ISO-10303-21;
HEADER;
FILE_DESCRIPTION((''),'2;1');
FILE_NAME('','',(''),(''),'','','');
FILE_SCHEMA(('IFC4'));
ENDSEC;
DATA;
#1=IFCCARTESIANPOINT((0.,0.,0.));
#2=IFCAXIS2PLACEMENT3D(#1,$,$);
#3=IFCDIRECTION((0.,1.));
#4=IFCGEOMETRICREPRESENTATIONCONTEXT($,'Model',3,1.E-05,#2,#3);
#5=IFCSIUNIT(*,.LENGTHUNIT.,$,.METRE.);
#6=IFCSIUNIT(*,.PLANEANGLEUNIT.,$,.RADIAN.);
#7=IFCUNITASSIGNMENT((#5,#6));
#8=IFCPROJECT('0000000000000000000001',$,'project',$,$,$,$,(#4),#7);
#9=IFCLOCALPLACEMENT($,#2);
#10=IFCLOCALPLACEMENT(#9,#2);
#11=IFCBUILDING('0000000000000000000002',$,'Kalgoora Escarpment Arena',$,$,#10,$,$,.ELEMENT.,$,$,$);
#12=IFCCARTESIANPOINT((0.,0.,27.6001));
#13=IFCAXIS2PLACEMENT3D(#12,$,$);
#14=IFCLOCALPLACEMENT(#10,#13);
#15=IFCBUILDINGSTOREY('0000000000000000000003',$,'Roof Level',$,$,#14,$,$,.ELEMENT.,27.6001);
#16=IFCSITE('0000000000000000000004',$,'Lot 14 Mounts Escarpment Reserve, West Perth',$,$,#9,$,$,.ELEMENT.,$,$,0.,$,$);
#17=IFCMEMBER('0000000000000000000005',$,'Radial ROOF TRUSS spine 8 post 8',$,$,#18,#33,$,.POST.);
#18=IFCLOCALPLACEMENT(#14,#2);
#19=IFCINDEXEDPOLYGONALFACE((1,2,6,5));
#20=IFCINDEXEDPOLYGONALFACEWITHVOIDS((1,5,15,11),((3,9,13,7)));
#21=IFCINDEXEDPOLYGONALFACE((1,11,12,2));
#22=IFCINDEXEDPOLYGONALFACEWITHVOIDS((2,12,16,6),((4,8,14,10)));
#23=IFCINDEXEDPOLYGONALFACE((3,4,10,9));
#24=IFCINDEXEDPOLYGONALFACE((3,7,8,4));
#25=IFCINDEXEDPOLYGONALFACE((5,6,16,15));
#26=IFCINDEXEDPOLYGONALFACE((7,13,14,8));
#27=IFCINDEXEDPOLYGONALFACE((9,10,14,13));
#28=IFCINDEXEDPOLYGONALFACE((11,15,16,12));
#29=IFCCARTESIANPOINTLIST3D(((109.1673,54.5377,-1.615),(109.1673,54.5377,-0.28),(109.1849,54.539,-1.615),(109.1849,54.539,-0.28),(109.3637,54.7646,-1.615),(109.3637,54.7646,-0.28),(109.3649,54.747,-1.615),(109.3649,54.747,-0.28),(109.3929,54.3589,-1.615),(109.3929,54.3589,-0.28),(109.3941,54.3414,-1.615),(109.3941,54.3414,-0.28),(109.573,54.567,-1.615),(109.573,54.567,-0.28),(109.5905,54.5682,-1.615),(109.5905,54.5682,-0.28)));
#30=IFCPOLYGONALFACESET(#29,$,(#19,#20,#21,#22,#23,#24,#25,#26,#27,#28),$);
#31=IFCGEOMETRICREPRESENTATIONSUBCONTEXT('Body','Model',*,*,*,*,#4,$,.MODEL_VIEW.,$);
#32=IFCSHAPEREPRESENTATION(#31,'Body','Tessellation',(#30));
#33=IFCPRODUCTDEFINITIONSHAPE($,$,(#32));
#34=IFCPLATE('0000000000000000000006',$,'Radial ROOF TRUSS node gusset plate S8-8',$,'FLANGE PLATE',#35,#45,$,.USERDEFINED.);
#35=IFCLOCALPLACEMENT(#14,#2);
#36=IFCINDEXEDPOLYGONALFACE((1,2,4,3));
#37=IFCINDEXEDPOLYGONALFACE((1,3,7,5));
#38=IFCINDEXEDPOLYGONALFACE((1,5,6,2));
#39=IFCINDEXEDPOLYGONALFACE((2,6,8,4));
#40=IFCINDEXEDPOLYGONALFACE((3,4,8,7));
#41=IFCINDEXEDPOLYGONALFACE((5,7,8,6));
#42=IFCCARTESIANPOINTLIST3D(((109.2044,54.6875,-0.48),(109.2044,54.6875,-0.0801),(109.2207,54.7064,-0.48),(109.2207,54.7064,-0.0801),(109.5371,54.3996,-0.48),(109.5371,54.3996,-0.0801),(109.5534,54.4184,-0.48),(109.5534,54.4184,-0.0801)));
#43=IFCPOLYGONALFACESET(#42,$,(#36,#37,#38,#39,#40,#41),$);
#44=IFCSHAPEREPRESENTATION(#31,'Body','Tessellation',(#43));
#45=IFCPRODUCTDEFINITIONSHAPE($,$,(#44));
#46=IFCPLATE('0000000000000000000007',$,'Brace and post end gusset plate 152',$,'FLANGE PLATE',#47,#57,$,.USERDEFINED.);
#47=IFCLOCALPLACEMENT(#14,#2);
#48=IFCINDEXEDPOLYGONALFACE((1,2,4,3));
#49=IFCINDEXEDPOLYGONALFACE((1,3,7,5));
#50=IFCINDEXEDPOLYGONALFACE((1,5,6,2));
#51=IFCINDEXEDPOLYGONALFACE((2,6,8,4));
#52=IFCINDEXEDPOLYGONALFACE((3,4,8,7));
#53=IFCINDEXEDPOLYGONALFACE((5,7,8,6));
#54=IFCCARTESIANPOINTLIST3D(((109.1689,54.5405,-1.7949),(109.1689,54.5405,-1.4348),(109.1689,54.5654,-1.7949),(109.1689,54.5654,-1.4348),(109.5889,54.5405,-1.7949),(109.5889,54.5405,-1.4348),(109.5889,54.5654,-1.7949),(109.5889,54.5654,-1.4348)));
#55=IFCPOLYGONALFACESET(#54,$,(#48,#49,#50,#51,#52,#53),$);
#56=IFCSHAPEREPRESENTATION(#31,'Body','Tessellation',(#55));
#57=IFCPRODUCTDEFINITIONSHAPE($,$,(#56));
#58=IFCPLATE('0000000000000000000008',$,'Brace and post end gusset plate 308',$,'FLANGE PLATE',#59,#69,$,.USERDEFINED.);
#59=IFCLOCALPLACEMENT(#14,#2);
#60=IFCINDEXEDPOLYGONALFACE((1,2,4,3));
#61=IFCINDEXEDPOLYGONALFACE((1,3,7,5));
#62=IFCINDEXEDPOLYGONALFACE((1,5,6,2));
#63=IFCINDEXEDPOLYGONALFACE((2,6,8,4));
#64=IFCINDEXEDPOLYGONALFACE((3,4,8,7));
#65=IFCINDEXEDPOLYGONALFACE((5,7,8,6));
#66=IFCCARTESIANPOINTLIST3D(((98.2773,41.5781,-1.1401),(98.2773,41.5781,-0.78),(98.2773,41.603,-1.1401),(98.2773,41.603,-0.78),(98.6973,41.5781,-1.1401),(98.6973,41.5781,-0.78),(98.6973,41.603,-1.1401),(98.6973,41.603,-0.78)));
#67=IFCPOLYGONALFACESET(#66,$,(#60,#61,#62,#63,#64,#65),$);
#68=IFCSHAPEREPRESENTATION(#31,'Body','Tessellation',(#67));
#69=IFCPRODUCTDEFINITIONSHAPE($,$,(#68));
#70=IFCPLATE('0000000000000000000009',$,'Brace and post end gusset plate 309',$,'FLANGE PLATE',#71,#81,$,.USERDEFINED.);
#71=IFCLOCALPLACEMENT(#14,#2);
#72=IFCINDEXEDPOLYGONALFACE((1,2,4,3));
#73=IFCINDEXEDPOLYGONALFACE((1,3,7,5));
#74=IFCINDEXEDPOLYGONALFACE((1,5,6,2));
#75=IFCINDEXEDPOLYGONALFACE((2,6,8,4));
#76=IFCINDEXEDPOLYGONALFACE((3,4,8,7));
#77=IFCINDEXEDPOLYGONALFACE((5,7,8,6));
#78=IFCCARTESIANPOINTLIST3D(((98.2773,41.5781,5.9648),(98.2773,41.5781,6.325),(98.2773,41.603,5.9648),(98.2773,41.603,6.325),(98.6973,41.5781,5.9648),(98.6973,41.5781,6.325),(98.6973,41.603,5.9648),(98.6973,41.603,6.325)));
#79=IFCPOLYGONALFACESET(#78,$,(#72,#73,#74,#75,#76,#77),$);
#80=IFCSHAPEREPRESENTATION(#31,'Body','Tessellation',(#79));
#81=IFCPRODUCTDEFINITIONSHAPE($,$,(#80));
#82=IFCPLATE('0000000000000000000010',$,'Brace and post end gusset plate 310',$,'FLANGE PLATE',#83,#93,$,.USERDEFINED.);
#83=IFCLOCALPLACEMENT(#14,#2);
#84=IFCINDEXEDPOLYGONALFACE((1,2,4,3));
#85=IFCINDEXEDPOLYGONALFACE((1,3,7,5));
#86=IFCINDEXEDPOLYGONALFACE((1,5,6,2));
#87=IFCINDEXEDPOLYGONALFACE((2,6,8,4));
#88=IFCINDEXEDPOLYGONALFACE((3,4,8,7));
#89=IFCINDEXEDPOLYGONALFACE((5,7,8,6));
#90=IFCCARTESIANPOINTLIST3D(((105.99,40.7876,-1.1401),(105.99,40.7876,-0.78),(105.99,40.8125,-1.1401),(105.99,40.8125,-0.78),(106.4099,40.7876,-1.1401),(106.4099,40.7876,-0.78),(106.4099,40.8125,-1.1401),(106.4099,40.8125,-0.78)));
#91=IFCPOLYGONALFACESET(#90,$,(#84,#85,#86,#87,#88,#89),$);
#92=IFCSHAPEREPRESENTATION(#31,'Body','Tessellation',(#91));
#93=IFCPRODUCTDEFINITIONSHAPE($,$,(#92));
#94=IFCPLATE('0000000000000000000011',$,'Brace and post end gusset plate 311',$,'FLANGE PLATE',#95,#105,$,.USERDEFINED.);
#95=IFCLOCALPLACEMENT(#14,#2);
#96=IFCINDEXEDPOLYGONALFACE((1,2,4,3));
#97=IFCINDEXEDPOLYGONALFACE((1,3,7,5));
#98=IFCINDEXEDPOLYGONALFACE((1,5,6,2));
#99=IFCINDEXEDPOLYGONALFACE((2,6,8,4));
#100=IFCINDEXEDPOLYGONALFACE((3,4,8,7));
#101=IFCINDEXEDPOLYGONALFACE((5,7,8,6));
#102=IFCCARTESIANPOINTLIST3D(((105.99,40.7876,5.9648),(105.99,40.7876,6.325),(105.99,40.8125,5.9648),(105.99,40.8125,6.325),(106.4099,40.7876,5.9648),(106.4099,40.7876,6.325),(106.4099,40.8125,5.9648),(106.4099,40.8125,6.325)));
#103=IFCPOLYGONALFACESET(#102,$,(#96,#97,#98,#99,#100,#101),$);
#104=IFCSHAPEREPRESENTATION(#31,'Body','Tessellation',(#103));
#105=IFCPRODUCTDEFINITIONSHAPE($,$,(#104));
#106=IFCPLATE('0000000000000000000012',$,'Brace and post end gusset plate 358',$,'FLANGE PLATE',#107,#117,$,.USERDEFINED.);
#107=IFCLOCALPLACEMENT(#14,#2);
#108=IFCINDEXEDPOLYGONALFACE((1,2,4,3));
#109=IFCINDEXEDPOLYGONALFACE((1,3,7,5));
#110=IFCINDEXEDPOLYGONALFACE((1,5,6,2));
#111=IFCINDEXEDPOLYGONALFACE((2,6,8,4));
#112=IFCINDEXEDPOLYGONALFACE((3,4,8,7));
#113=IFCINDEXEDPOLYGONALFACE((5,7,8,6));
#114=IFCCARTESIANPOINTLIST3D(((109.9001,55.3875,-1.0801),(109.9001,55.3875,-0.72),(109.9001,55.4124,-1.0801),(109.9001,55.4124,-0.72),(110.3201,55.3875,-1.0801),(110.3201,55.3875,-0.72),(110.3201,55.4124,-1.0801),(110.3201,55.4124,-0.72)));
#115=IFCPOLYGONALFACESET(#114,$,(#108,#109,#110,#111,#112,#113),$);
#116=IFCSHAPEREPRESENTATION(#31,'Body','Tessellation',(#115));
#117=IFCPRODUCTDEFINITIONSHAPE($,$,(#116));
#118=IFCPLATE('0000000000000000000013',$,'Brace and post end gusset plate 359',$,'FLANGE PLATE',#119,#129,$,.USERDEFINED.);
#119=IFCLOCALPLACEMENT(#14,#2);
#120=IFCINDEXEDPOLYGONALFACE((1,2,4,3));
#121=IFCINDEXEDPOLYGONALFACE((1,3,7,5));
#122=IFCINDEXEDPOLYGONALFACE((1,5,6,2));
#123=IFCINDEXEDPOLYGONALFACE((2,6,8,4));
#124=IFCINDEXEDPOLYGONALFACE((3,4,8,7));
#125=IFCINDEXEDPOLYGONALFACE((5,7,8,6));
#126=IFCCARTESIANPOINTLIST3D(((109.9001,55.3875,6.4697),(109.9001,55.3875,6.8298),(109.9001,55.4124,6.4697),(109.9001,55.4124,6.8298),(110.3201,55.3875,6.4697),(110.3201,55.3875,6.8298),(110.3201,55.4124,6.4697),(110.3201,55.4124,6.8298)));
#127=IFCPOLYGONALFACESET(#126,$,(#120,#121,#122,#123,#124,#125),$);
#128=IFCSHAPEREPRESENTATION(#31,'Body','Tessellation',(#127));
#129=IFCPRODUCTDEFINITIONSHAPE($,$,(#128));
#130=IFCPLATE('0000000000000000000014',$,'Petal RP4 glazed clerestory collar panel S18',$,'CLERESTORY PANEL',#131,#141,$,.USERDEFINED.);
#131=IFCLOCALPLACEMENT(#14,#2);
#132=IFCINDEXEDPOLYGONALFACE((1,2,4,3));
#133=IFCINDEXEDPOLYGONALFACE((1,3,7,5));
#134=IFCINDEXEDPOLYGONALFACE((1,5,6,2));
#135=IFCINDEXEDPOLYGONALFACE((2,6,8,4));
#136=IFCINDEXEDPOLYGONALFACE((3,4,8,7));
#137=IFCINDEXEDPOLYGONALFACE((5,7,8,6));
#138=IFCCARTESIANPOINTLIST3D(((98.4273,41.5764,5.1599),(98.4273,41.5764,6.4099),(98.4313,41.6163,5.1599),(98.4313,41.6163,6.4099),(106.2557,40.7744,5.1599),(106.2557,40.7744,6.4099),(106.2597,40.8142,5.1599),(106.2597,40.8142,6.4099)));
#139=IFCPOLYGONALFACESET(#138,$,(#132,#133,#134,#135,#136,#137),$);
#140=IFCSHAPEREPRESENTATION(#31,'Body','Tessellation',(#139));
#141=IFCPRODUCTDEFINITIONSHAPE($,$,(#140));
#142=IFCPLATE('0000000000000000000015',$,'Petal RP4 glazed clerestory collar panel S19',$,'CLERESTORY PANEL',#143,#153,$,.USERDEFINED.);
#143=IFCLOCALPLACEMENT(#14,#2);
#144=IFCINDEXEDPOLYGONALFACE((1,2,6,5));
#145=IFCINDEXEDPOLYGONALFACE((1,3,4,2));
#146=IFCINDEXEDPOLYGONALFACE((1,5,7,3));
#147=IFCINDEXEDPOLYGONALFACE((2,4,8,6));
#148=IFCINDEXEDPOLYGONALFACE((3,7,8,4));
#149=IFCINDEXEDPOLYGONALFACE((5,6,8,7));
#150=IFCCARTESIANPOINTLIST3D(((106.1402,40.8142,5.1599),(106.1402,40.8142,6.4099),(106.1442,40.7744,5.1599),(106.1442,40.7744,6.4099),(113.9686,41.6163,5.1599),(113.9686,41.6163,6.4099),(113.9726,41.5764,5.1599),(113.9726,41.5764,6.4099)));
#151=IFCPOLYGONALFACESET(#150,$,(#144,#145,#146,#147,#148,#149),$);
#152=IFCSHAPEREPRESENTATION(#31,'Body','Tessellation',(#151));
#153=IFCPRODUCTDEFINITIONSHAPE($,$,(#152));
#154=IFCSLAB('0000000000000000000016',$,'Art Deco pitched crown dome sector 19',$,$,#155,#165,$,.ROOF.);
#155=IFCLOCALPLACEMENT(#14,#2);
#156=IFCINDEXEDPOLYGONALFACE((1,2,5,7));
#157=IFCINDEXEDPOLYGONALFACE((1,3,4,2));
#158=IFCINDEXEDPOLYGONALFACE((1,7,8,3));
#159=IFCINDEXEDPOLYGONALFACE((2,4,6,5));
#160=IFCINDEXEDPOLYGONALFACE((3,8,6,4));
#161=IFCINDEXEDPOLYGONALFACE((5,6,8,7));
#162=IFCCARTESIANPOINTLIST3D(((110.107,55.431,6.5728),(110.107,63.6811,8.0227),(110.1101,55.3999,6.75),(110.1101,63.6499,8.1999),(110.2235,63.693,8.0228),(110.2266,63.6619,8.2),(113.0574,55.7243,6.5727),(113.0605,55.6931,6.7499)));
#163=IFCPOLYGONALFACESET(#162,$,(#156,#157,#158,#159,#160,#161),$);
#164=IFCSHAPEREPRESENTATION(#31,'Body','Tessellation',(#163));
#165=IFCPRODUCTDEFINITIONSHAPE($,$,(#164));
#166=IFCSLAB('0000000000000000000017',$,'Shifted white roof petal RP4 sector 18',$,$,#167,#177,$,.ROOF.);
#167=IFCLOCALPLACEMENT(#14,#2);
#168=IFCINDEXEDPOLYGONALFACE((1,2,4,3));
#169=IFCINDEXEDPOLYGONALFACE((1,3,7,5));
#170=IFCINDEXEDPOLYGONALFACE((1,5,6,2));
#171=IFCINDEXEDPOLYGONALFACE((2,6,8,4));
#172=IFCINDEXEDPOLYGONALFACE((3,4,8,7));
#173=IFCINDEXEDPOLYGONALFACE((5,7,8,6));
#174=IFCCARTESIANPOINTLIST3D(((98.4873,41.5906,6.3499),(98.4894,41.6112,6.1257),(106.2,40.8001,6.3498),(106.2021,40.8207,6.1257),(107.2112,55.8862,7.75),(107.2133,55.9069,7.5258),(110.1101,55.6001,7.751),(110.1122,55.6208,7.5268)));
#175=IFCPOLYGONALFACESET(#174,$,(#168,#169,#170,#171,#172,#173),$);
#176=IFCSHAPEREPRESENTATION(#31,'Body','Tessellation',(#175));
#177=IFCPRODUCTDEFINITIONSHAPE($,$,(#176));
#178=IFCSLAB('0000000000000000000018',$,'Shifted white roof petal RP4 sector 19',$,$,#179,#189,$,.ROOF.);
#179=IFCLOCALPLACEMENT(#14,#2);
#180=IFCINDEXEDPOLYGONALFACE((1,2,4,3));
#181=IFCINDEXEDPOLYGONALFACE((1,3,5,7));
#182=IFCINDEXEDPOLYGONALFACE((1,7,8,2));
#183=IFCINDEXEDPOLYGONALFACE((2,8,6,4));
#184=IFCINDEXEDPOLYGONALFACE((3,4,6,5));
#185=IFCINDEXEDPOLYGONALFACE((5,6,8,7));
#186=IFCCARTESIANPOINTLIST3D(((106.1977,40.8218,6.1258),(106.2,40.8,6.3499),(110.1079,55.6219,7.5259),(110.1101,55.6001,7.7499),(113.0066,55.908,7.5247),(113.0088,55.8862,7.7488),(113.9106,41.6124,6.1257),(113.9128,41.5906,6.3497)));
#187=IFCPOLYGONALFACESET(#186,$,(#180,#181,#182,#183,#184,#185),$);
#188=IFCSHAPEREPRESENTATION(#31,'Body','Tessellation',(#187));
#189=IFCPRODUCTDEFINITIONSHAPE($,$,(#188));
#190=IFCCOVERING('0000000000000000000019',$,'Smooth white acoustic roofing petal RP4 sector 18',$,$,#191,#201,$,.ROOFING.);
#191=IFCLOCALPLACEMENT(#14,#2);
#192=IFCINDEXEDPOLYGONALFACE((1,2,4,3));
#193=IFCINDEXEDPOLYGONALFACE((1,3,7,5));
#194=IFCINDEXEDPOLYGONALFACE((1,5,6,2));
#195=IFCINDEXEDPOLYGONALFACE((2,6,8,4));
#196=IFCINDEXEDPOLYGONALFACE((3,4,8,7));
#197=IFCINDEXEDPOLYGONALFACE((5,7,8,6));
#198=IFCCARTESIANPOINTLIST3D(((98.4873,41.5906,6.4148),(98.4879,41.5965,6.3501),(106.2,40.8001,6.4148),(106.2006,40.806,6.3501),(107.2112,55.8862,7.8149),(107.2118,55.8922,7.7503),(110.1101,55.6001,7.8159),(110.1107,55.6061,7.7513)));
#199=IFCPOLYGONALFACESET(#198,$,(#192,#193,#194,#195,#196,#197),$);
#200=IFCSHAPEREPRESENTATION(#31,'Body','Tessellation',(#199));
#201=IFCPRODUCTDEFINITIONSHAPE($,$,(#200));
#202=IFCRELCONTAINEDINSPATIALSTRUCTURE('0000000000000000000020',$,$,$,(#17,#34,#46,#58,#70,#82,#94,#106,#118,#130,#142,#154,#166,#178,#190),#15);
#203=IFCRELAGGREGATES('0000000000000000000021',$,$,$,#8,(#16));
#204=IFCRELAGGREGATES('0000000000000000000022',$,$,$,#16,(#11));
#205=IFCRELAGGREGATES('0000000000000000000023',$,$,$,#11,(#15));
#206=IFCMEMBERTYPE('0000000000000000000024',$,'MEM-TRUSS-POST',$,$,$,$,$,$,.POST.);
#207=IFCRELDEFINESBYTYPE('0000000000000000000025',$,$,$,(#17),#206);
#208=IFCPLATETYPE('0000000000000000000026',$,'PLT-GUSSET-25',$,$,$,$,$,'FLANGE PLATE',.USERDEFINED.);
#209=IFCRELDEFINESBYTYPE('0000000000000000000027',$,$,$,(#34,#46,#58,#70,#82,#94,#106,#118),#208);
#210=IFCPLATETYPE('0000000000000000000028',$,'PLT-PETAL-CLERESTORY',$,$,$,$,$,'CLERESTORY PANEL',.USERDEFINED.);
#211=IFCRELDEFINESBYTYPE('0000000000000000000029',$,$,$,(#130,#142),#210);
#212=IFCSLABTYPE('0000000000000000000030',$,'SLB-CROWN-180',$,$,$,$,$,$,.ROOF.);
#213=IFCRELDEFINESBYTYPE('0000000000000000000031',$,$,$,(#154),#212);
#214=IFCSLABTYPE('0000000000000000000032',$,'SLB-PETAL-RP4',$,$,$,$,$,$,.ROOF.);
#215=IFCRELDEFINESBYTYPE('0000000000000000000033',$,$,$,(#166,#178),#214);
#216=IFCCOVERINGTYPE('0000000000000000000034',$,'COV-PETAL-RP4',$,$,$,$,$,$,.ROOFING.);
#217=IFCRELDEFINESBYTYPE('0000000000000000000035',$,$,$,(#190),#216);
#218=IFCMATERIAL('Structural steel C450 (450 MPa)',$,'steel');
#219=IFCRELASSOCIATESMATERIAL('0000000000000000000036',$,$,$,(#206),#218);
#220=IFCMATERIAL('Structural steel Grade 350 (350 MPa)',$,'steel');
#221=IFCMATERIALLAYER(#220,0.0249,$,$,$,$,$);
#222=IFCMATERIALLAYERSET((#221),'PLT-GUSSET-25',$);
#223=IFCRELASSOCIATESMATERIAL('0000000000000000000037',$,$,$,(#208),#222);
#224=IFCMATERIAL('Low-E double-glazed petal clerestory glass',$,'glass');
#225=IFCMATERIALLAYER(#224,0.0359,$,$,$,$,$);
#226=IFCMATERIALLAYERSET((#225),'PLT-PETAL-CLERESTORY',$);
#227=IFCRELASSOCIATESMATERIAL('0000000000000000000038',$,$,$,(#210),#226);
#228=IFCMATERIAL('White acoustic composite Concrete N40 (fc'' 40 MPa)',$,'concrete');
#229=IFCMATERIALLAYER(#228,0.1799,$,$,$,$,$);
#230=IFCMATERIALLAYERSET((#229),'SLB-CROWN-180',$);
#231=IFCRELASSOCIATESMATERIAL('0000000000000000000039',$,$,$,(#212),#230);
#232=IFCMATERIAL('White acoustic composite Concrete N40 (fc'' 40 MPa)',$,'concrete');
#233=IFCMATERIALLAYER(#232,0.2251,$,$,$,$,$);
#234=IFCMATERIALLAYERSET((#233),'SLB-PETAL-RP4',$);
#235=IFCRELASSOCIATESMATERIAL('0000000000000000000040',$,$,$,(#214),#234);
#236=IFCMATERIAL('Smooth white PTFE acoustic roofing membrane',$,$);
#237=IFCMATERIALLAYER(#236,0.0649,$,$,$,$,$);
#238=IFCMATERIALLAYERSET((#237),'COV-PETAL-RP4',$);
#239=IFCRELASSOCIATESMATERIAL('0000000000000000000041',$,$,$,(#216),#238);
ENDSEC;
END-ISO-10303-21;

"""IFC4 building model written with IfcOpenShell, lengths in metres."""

from ifc_helpers import new_model, si_unit, direction, frame, origin, origin_2d, place, context, subcontext, project, spatial, polyline, rectangle, hollow_rectangle, outline, extrude, material, layer, layer_set, material_profile, profile_set, type_object, element, save


model = new_model("IFC4")

# Units and contexts
model_context = context("Model", 3, precision=1e-05, world=origin(), true_north=direction((0.0, 1.0)))
body_context = subcontext(model_context, "Body", "Model", "MODEL_VIEW")
ifc_project = project(units=[si_unit("LENGTHUNIT", "METRE"), si_unit("PLANEANGLEUNIT", "RADIAN")], contexts=[model_context])

# Site, building, storey
site_placement = place(None, origin())
site = spatial("IfcSite", under=ifc_project, at=site_placement, Name="Lot 14 Mounts Escarpment Reserve, West Perth", CompositionType="ELEMENT", RefElevation=0.0)
building_placement = place(site_placement, origin())
building = spatial("IfcBuilding", under=site, at=building_placement, Name="Kalgoora Escarpment Arena", CompositionType="ELEMENT")
storey_placement = place(building_placement, frame((0.0, 0.0, 27.6001)))
storey = spatial("IfcBuildingStorey", under=building, at=storey_placement, Name="Roof Level", CompositionType="ELEMENT", Elevation=27.6001)

# Member
ifc_material_1 = material(Name="Structural steel C450 (450 MPa)", Category="steel")
ifc_material_profile_1 = material_profile(ifc_material_1, hollow_rectangle(XDim=0.3, YDim=0.3, WallThickness=0.0125, at=origin_2d()))
ifc_profile_set_1 = profile_set([ifc_material_profile_1], Name="Structural steel C450 (450 MPa)")
member_type_1 = type_object("IfcMemberType", Name="MEM-TRUSS-POST", PredefinedType="POST", material=ifc_profile_set_1)
member_1_placement = place(storey_placement, frame((109.3789, 54.553, -1.615), z_axis=(0.0, 0.0, 1.0), x_axis=(-0.756082, 0.654477, 0.0)))
element("IfcMember", 1, at=member_1_placement, inside=storey, type_object=member_type_1, Name="Radial ROOF TRUSS spine 8 post 8", PredefinedType="POST", context=body_context, shape_type="SweptSolid", body=[
    extrude(hollow_rectangle(XDim=0.3, YDim=0.3, WallThickness=0.0125, at=origin_2d()), origin(), (0.0, 0.0, 1.0), 1.335),
])

# Plates
ifc_material_2 = material(Name="Structural steel Grade 350 (350 MPa)", Category="steel")
ifc_layer_1 = layer(ifc_material_2, 0.0249)
ifc_layer_set_1 = layer_set([ifc_layer_1], Name="PLT-GUSSET-25")
plate_type_1 = type_object("IfcPlateType", Name="PLT-GUSSET-25", ElementType="FLANGE PLATE", PredefinedType="USERDEFINED", material=ifc_layer_set_1)
plate_placement = place(storey_placement, frame((109.3789, 54.553, -0.48), z_axis=(0.0, 0.0, 1.0), x_axis=(-0.756082, 0.654477, 0.0)))
element("IfcPlate", 2, at=plate_placement, inside=storey, type_object=plate_type_1, Name="Radial ROOF TRUSS node gusset plate S8-8", ObjectType="FLANGE PLATE", PredefinedType="USERDEFINED", context=body_context, shape_type="SweptSolid", body=[
    extrude(rectangle(XDim=0.4399, YDim=0.0249, at=origin_2d()), origin(), (0.0, 0.0, 1.0), 0.3999),
])
for number, where, z_axis, x_axis, name in (
    (3, (109.3789, 54.553, -1.7949), (0.0, 0.0, 1.0), (1.0, 0.0, 0.0), "Brace and post end gusset plate 152"),
    (4, (98.4873, 41.5906, -1.1401), (0.0, 0.0, 1.0), (1.0, 0.0, 0.0), "Brace and post end gusset plate 308"),
    (5, (98.4873, 41.5906, 5.9648), (0.0, 0.0, 1.0), (1.0, 0.0, 0.0), "Brace and post end gusset plate 309"),
    (6, (106.2, 40.8, -1.1401), (0.0, 0.0, 1.0), (1.0, 0.0, 0.0), "Brace and post end gusset plate 310"),
    (7, (106.2, 40.8, 5.9648), (0.0, 0.0, 1.0), (1.0, 0.0, 0.0), "Brace and post end gusset plate 311"),
    (8, (110.1101, 55.3999, -1.0801), (0.0, 0.0, 1.0), (1.0, 0.0, 0.0), "Brace and post end gusset plate 358"),
    (9, (110.1101, 55.3999, 6.4697), (0.0, 0.0, 1.0), (1.0, 0.0, 0.0), "Brace and post end gusset plate 359"),
):
    element("IfcPlate", number, at=place(storey_placement, frame(where, z_axis=z_axis, x_axis=x_axis)), inside=storey, type_object=plate_type_1, Name=name, ObjectType="FLANGE PLATE", PredefinedType="USERDEFINED", context=body_context, shape_type="SweptSolid", body=[
        extrude(rectangle(XDim=0.4199, YDim=0.0249, at=origin_2d()), origin(), (0.0, 0.0, 1.0), 0.3601),
    ])
ifc_material_3 = material(Name="Low-E double-glazed petal clerestory glass", Category="glass")
ifc_layer_2 = layer(ifc_material_3, 0.0359)
ifc_layer_set_2 = layer_set([ifc_layer_2], Name="PLT-PETAL-CLERESTORY")
plate_type_2 = type_object("IfcPlateType", Name="PLT-PETAL-CLERESTORY", ElementType="CLERESTORY PANEL", PredefinedType="USERDEFINED", material=ifc_layer_set_2)
for number, where, z_axis, x_axis, name in (
    (10, (102.3435, 41.1953, 5.1599), (0.0, 0.0, 1.0), (0.994792, -0.101924, 0.0), "Petal RP4 glazed clerestory collar panel S18"),
    (11, (110.0564, 41.1953, 5.1599), (0.0, 0.0, 1.0), (0.994792, 0.101924, 0.0), "Petal RP4 glazed clerestory collar panel S19"),
):
    element("IfcPlate", number, at=place(storey_placement, frame(where, z_axis=z_axis, x_axis=x_axis)), inside=storey, type_object=plate_type_2, Name=name, ObjectType="CLERESTORY PANEL", PredefinedType="USERDEFINED", context=body_context, shape_type="SweptSolid", body=[
        extrude(rectangle(XDim=7.8694, YDim=0.04, at=origin_2d()), origin(), (0.0, 0.0, 1.0), 1.25),
    ])

# Slabs
ifc_material_4 = material(Name="White acoustic composite Concrete N40 (fc' 40 MPa)", Category="concrete")
ifc_layer_3 = layer(ifc_material_4, 0.1799)
ifc_layer_set_3 = layer_set([ifc_layer_3], Name="SLB-CROWN-180")
slab_type_1 = type_object("IfcSlabType", Name="SLB-CROWN-180", PredefinedType="ROOF", material=ifc_layer_set_3)
slab_1_placement = place(storey_placement, frame((110.1101, 55.3999, 6.75), z_axis=(0.017221, -0.173065, 0.98476), x_axis=(0.995098, 0.098896, -0.000022)))
element("IfcSlab", 12, at=slab_1_placement, inside=storey, type_object=slab_type_1, Name="Art Deco pitched crown dome sector 19", PredefinedType="ROOF", context=body_context, shape_type="SweptSolid", body=[
    extrude(outline(polyline([(0.0, 0.0), (2.965, 0.0), (0.9329, 8.337), (0.8159, 8.3366), (0.0, 0.0)])), origin(), (0.0, 0.0, -1.0), 0.1799),
])
ifc_material_5 = material(Name="White acoustic composite Concrete N40 (fc' 40 MPa)", Category="concrete")
ifc_layer_4 = layer(ifc_material_5, 0.2251)
ifc_layer_set_4 = layer_set([ifc_layer_4], Name="SLB-PETAL-RP4")
slab_type_2 = type_object("IfcSlabType", Name="SLB-PETAL-RP4", PredefinedType="ROOF", material=ifc_layer_set_4)
slab_2_placement = place(storey_placement, frame((98.4873, 41.5906, 6.3499), z_axis=(-0.009404, -0.091784, 0.995735), x_axis=(0.994788, -0.101963, -0.000003)))
element("IfcSlab", 13, at=slab_2_placement, inside=storey, type_object=slab_type_2, Name="Shifted white roof petal RP4 sector 18", PredefinedType="ROOF", context=body_context, shape_type="SweptSolid", body=[
    extrude(outline(polyline([(0.0, 0.0), (7.7531, 0.0), (10.1338, 15.1864), (7.2208, 15.1754), (0.0, 0.0)])), origin(), (0.0, 0.0, -1.0), 0.2251),
])
slab_3_placement = place(storey_placement, frame((106.2, 40.8, 6.3499), z_axis=(0.009933, -0.096772, 0.995257), x_axis=(0.994788, 0.101962, -0.000014)))
element("IfcSlab", 14, at=slab_3_placement, inside=storey, type_object=slab_type_2, Name="Shifted white roof petal RP4 sector 19", PredefinedType="ROOF", context=body_context, shape_type="SweptSolid", body=[
    extrude(outline(polyline([(0.0, 0.0), (7.7533, 0.0), (8.3115, 14.3815), (5.3988, 14.3925), (0.0, 0.0)])), origin(), (0.0, 0.0, -1.0), 0.2251),
])

# Covering
ifc_material_6 = material(Name="Smooth white PTFE acoustic roofing membrane")
ifc_layer_5 = layer(ifc_material_6, 0.0649)
ifc_layer_set_5 = layer_set([ifc_layer_5], Name="COV-PETAL-RP4")
covering_type = type_object("IfcCoveringType", Name="COV-PETAL-RP4", PredefinedType="ROOFING", material=ifc_layer_set_5)
covering_1_placement = place(storey_placement, frame((98.4873, 41.5906, 6.4148), z_axis=(-0.009404, -0.091784, 0.995735), x_axis=(0.994788, -0.101963, -0.000003)))
element("IfcCovering", 15, at=covering_1_placement, inside=storey, type_object=covering_type, Name="Smooth white acoustic roofing petal RP4 sector 18", PredefinedType="ROOFING", context=body_context, shape_type="SweptSolid", body=[
    extrude(outline(polyline([(0.0, 0.0), (7.7531, 0.0), (10.1338, 15.1864), (7.2208, 15.1754), (0.0, 0.0)])), origin(), (0.0, 0.0, -1.0), 0.0649),
])

save(model, "model.ifc")
